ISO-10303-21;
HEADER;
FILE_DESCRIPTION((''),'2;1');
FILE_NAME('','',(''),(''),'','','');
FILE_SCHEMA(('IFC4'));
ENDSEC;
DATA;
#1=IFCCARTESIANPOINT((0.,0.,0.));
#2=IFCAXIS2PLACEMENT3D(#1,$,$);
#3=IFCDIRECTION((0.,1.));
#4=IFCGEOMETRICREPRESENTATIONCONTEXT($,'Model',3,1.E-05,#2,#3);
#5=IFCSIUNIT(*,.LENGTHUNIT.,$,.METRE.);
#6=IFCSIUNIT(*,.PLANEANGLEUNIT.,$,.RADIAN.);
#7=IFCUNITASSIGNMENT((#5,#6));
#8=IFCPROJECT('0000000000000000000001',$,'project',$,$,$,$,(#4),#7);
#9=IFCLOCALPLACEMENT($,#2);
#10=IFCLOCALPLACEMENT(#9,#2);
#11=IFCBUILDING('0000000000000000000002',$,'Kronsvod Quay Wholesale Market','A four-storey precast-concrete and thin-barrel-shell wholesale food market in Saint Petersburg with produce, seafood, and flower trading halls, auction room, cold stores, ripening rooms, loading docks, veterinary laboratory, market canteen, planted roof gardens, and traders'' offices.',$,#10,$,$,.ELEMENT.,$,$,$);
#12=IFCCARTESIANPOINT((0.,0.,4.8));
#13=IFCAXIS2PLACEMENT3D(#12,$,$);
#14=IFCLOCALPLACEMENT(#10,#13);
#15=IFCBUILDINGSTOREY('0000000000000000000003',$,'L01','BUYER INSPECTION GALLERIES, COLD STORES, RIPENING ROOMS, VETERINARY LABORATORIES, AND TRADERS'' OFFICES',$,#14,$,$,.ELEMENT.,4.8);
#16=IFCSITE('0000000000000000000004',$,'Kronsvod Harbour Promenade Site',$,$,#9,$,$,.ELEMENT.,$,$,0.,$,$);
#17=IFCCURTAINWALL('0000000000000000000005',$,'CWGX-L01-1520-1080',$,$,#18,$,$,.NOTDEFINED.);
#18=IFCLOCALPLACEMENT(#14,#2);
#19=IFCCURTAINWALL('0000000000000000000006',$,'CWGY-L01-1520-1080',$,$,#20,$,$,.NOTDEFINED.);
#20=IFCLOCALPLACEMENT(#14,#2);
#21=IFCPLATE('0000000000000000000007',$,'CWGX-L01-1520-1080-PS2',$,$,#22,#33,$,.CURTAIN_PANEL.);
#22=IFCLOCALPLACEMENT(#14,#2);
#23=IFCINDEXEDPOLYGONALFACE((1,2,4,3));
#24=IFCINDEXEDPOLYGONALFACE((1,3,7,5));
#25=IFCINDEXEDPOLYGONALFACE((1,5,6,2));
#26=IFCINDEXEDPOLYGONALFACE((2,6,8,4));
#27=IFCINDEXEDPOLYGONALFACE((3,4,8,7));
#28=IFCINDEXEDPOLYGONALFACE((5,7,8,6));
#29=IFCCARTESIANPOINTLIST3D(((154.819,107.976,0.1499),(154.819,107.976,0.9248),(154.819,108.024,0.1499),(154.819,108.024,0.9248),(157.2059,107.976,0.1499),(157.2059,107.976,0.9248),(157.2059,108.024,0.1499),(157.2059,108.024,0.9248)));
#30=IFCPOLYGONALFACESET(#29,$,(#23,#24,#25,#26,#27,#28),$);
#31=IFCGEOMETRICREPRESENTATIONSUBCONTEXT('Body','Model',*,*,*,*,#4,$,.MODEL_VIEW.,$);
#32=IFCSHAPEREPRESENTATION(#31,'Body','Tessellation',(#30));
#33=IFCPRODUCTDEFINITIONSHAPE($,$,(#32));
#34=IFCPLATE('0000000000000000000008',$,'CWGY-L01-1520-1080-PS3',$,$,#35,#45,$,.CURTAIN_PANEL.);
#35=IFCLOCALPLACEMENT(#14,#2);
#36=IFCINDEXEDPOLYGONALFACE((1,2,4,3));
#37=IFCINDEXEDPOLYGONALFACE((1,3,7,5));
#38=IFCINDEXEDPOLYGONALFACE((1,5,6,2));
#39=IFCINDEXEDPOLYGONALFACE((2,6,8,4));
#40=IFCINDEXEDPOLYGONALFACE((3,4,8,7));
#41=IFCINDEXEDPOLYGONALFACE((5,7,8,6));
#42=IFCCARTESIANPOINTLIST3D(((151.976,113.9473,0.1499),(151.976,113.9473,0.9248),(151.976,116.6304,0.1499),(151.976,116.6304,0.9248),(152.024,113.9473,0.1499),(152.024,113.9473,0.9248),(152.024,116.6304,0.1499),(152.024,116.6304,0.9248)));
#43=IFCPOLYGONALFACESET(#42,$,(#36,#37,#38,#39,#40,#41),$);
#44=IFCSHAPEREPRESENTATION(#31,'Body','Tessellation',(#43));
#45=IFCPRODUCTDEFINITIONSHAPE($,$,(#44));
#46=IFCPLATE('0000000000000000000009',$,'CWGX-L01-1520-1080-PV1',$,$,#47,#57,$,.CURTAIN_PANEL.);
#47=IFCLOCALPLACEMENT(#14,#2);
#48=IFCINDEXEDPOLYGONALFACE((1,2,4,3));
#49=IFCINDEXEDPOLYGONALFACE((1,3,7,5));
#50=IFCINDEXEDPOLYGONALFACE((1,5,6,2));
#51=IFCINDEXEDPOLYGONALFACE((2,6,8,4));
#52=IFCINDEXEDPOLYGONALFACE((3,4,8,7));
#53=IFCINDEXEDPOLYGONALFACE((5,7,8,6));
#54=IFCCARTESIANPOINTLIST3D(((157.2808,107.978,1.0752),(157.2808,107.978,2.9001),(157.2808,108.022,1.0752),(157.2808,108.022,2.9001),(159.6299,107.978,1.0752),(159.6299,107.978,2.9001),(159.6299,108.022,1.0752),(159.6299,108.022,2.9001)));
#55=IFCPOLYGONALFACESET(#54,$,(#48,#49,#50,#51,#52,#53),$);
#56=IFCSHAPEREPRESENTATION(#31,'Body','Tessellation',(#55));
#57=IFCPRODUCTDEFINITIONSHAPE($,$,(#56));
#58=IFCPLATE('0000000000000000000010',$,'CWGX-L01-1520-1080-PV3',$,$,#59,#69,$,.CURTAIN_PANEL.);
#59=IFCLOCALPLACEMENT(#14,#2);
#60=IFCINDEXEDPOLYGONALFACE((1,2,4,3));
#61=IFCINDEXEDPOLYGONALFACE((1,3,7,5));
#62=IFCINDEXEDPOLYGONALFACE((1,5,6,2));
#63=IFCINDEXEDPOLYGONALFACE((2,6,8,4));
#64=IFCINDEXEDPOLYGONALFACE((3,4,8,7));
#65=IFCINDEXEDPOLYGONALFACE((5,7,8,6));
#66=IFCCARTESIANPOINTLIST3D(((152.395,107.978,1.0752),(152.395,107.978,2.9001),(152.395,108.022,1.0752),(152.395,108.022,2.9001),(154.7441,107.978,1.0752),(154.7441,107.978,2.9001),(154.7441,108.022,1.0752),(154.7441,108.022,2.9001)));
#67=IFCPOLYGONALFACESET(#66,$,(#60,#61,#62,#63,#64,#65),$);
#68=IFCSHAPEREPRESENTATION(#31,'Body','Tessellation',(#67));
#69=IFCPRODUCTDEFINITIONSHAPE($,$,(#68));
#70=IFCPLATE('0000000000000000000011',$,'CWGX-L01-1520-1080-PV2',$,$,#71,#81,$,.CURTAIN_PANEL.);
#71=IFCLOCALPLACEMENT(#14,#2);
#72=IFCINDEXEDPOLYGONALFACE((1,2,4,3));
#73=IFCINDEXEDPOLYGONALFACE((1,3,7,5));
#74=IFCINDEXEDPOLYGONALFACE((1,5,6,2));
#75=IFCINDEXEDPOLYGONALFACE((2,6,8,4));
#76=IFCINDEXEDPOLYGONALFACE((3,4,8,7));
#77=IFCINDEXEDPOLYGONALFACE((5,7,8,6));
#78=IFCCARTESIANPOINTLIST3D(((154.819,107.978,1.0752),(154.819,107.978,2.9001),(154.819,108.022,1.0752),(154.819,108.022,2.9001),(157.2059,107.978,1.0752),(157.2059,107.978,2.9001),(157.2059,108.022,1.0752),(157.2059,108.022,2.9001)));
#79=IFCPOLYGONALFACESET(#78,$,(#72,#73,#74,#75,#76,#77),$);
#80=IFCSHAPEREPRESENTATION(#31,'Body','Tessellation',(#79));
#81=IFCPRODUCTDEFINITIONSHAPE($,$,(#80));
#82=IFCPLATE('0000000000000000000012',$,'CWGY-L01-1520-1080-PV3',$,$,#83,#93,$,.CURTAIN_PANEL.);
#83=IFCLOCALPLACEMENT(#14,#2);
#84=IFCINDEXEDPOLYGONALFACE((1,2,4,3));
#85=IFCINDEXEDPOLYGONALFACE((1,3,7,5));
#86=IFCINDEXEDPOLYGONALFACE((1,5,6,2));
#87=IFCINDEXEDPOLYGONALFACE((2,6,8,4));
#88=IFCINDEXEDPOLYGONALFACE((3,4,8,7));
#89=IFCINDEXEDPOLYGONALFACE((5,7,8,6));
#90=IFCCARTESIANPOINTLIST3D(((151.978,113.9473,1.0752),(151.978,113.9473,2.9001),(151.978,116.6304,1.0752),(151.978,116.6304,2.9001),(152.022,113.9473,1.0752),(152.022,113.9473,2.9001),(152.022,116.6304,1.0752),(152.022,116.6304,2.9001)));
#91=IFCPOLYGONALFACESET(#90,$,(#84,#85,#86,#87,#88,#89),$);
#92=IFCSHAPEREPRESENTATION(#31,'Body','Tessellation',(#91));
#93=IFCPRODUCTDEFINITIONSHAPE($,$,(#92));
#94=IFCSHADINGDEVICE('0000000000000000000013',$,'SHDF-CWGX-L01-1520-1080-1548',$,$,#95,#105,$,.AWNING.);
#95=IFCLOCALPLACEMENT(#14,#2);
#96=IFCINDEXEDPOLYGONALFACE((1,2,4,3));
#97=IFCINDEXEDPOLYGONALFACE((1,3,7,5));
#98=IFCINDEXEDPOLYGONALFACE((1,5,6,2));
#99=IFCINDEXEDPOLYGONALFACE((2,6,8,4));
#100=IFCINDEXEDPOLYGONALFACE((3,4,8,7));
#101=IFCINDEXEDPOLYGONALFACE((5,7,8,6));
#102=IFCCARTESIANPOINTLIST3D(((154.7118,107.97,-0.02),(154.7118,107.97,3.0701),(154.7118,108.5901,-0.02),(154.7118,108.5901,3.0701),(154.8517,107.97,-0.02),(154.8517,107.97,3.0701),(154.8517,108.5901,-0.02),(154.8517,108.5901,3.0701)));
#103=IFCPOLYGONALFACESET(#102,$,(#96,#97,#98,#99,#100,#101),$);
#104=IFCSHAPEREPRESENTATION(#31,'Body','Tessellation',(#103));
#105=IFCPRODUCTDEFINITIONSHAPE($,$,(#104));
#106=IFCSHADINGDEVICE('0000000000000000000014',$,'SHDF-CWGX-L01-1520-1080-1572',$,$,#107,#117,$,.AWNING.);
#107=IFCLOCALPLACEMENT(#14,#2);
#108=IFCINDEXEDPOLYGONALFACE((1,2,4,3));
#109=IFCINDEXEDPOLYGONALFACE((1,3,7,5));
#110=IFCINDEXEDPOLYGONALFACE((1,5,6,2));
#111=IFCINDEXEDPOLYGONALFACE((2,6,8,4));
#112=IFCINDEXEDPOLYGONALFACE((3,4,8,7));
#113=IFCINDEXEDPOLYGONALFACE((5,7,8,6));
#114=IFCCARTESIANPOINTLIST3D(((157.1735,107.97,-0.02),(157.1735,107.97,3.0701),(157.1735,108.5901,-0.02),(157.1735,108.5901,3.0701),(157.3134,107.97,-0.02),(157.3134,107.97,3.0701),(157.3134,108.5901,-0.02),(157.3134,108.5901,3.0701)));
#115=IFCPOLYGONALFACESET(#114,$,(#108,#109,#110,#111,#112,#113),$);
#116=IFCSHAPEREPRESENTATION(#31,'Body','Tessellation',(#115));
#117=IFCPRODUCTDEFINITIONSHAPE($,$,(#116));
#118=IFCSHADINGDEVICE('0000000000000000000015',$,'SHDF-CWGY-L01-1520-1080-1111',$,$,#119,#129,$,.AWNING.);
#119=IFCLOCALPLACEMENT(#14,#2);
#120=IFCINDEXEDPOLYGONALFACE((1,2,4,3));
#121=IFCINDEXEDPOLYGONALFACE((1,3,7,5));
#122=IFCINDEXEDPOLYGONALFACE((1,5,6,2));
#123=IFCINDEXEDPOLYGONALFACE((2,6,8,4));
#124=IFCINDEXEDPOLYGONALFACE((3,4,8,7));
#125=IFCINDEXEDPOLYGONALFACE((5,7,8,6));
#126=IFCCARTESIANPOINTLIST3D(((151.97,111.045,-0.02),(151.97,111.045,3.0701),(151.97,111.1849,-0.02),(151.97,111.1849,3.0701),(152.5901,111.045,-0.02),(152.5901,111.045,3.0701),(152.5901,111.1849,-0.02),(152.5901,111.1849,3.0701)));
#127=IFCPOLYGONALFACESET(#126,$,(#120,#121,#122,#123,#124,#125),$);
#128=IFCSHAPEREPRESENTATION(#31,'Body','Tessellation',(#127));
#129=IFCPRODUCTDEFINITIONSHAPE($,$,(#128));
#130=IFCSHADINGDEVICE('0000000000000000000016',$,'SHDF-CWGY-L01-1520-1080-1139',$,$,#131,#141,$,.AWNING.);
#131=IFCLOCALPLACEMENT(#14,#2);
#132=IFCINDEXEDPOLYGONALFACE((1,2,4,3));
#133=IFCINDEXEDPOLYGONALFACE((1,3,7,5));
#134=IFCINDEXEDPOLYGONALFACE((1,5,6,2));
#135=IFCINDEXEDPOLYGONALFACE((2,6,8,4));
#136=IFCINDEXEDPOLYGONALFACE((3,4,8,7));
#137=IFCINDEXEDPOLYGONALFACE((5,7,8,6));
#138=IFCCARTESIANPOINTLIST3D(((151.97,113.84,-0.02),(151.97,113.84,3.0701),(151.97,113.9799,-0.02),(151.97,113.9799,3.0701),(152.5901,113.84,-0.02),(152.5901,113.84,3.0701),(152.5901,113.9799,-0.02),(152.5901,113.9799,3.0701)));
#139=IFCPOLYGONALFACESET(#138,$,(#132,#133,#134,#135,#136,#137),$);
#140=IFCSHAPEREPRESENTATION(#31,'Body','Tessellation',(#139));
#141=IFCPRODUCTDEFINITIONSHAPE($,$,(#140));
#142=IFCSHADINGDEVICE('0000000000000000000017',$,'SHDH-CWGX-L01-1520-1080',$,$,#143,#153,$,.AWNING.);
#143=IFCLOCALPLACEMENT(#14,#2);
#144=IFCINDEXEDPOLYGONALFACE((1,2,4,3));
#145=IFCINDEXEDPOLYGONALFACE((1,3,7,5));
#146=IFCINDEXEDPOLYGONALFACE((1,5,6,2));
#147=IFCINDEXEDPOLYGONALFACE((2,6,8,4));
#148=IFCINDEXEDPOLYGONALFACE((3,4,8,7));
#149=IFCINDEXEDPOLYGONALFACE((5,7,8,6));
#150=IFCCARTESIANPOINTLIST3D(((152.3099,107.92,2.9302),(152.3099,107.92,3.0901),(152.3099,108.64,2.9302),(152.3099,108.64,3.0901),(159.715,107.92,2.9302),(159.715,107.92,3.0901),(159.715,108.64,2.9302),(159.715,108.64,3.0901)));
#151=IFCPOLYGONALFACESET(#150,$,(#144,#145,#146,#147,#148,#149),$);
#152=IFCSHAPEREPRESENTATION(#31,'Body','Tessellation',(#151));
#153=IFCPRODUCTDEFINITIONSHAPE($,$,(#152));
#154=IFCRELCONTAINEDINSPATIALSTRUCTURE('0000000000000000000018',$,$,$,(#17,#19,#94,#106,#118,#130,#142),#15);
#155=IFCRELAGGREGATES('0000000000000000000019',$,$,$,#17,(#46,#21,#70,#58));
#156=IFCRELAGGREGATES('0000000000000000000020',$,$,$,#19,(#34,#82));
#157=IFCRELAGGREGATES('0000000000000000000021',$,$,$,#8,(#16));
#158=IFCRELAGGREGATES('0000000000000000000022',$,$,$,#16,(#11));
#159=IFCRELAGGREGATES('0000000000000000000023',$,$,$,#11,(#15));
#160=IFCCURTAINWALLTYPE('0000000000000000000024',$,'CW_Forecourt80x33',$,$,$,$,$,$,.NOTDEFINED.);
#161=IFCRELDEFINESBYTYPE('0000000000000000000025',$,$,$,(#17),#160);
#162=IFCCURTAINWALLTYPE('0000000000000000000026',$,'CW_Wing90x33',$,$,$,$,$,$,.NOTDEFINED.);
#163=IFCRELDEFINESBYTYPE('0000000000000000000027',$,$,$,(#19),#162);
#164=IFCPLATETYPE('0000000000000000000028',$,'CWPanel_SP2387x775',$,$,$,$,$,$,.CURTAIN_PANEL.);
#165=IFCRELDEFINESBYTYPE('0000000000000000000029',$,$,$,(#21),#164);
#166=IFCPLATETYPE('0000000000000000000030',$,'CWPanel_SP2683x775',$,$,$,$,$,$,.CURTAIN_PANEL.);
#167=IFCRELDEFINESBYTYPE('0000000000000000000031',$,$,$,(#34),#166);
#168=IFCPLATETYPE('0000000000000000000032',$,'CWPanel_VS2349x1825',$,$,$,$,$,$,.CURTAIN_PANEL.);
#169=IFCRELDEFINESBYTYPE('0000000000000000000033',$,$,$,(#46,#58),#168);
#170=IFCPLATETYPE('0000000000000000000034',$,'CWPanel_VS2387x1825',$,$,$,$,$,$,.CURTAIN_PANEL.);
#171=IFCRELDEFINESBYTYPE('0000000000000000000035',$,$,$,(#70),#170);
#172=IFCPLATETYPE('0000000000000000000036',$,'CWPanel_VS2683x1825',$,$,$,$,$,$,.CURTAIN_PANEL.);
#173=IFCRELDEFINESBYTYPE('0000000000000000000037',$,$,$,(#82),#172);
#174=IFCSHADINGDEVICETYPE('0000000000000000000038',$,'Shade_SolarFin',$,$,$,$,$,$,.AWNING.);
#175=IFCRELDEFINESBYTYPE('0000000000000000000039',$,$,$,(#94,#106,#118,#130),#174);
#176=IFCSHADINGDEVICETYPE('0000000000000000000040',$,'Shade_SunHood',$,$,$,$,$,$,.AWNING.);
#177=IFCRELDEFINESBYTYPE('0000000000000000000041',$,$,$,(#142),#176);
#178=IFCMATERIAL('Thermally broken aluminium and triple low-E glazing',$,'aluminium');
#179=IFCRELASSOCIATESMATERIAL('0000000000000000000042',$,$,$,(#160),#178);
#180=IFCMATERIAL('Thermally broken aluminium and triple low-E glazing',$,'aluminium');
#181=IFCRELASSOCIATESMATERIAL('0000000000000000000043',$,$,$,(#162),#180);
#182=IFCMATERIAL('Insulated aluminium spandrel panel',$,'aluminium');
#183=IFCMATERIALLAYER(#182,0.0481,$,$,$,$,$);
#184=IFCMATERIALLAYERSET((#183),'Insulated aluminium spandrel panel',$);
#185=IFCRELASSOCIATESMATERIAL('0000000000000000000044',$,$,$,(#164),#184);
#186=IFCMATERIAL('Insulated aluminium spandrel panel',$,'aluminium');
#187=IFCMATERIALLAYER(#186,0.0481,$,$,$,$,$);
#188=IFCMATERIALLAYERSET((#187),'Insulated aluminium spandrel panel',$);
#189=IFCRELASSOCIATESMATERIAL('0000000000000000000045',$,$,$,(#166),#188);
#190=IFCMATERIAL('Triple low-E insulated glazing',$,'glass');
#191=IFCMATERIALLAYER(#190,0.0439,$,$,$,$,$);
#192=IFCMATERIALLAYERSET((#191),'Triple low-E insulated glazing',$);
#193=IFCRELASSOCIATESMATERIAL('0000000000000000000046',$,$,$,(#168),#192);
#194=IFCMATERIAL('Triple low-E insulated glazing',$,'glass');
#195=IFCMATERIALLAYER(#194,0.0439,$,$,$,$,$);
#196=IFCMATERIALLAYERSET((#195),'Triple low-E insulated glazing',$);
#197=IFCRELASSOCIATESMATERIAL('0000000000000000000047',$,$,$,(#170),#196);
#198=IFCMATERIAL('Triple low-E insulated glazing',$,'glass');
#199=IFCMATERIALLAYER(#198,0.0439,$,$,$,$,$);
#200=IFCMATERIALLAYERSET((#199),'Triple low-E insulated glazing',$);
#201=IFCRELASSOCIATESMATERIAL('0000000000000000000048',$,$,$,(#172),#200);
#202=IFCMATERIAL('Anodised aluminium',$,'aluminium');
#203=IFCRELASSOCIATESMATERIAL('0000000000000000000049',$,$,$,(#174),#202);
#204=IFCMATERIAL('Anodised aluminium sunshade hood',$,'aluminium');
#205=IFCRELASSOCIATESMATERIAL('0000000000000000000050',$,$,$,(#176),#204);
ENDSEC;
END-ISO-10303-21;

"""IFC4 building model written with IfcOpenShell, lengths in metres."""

from ifc_helpers import new_model, si_unit, direction, frame, origin, origin_2d, place, context, subcontext, project, spatial, rectangle, extrude, material, layer, layer_set, type_object, element, aggregate, save


model = new_model("IFC4")

# Units and contexts
model_context = context("Model", 3, precision=1e-05, world=origin(), true_north=direction((0.0, 1.0)))
body_context = subcontext(model_context, "Body", "Model", "MODEL_VIEW")
ifc_project = project(units=[si_unit("LENGTHUNIT", "METRE"), si_unit("PLANEANGLEUNIT", "RADIAN")], contexts=[model_context])

# Site, building, storey
site_placement = place(None, origin())
site = spatial("IfcSite", under=ifc_project, at=site_placement, Name="Kronsvod Harbour Promenade Site", CompositionType="ELEMENT", RefElevation=0.0)
building_placement = place(site_placement, origin())
building = spatial("IfcBuilding", under=site, at=building_placement, Name="Kronsvod Quay Wholesale Market", Description="A four-storey precast-concrete and thin-barrel-shell wholesale food market in Saint Petersburg with produce, seafood, and flower trading halls, auction room, cold stores, ripening rooms, loading docks, veterinary laboratory, market canteen, planted roof gardens, and traders' offices.", CompositionType="ELEMENT")
storey_placement = place(building_placement, frame((0.0, 0.0, 4.8)))
storey = spatial("IfcBuildingStorey", under=building, at=storey_placement, Name="L01", Description="BUYER INSPECTION GALLERIES, COLD STORES, RIPENING ROOMS, VETERINARY LABORATORIES, AND TRADERS' OFFICES", CompositionType="ELEMENT", Elevation=4.8)

# Curtain walls
ifc_material_1 = material(Name="Thermally broken aluminium and triple low-E glazing", Category="aluminium")
curtain_wall_type_1 = type_object("IfcCurtainWallType", Name="CW_Forecourt80x33", PredefinedType="NOTDEFINED", material=ifc_material_1)
curtain_wall_1_placement = place(storey_placement, origin())
curtain_wall_1 = element("IfcCurtainWall", 1, at=curtain_wall_1_placement, inside=storey, type_object=curtain_wall_type_1, Name="CWGX-L01-1520-1080", PredefinedType="NOTDEFINED")
ifc_material_2 = material(Name="Thermally broken aluminium and triple low-E glazing", Category="aluminium")
curtain_wall_type_2 = type_object("IfcCurtainWallType", Name="CW_Wing90x33", PredefinedType="NOTDEFINED", material=ifc_material_2)
curtain_wall_2_placement = place(storey_placement, origin())
curtain_wall_2 = element("IfcCurtainWall", 2, at=curtain_wall_2_placement, inside=storey, type_object=curtain_wall_type_2, Name="CWGY-L01-1520-1080", PredefinedType="NOTDEFINED")

# Plates
ifc_material_3 = material(Name="Insulated aluminium spandrel panel", Category="aluminium")
ifc_layer_1 = layer(ifc_material_3, 0.0481)
ifc_layer_set_1 = layer_set([ifc_layer_1], Name="Insulated aluminium spandrel panel")
plate_type_1 = type_object("IfcPlateType", Name="CWPanel_SP2387x775", PredefinedType="CURTAIN_PANEL", material=ifc_layer_set_1)
plate_1_placement = place(storey_placement, frame((156.0125, 108.0, 0.1499), z_axis=(0.0, 0.0, 1.0), x_axis=(-1.0, 0.0, 0.0)))
plate_1 = element("IfcPlate", 3, at=plate_1_placement, type_object=plate_type_1, Name="CWGX-L01-1520-1080-PS2", PredefinedType="CURTAIN_PANEL", context=body_context, shape_type="SweptSolid", body=[
    extrude(rectangle(XDim=2.387, YDim=0.0481, at=origin_2d()), origin(), (0.0, 0.0, 1.0), 0.7749),
])
ifc_material_4 = material(Name="Insulated aluminium spandrel panel", Category="aluminium")
ifc_layer_2 = layer(ifc_material_4, 0.0481)
ifc_layer_set_2 = layer_set([ifc_layer_2], Name="Insulated aluminium spandrel panel")
plate_type_2 = type_object("IfcPlateType", Name="CWPanel_SP2683x775", PredefinedType="CURTAIN_PANEL", material=ifc_layer_set_2)
plate_2_placement = place(storey_placement, frame((152.0, 115.2888, 0.1499), z_axis=(0.0, 0.0, 1.0), x_axis=(0.0, 1.0, 0.0)))
plate_2 = element("IfcPlate", 4, at=plate_2_placement, type_object=plate_type_2, Name="CWGY-L01-1520-1080-PS3", PredefinedType="CURTAIN_PANEL", context=body_context, shape_type="SweptSolid", body=[
    extrude(rectangle(XDim=2.6831, YDim=0.0481, at=origin_2d()), origin(), (0.0, 0.0, 1.0), 0.7749),
])
ifc_material_5 = material(Name="Triple low-E insulated glazing", Category="glass")
ifc_layer_3 = layer(ifc_material_5, 0.0439)
ifc_layer_set_3 = layer_set([ifc_layer_3], Name="Triple low-E insulated glazing")
plate_type_3 = type_object("IfcPlateType", Name="CWPanel_VS2349x1825", PredefinedType="CURTAIN_PANEL", material=ifc_layer_set_3)
plate_3_placement = place(storey_placement, frame((158.4553, 108.0, 1.0752), z_axis=(0.0, 0.0, 1.0), x_axis=(-1.0, 0.0, 0.0)))
plate_3 = element("IfcPlate", 5, at=plate_3_placement, type_object=plate_type_3, Name="CWGX-L01-1520-1080-PV1", PredefinedType="CURTAIN_PANEL", context=body_context, shape_type="SweptSolid", body=[
    extrude(rectangle(XDim=2.3491, YDim=0.0439, at=origin_2d()), origin(), (0.0, 0.0, 1.0), 1.825),
])
plate_4_placement = place(storey_placement, frame((153.5696, 108.0, 1.0752), z_axis=(0.0, 0.0, 1.0), x_axis=(-1.0, 0.0, 0.0)))
plate_4 = element("IfcPlate", 6, at=plate_4_placement, type_object=plate_type_3, Name="CWGX-L01-1520-1080-PV3", PredefinedType="CURTAIN_PANEL", context=body_context, shape_type="SweptSolid", body=[
    extrude(rectangle(XDim=2.3491, YDim=0.0439, at=origin_2d()), origin(), (0.0, 0.0, 1.0), 1.825),
])
ifc_material_6 = material(Name="Triple low-E insulated glazing", Category="glass")
ifc_layer_4 = layer(ifc_material_6, 0.0439)
ifc_layer_set_4 = layer_set([ifc_layer_4], Name="Triple low-E insulated glazing")
plate_type_4 = type_object("IfcPlateType", Name="CWPanel_VS2387x1825", PredefinedType="CURTAIN_PANEL", material=ifc_layer_set_4)
plate_5_placement = place(storey_placement, frame((156.0125, 108.0, 1.0752), z_axis=(0.0, 0.0, 1.0), x_axis=(-1.0, 0.0, 0.0)))
plate_5 = element("IfcPlate", 7, at=plate_5_placement, type_object=plate_type_4, Name="CWGX-L01-1520-1080-PV2", PredefinedType="CURTAIN_PANEL", context=body_context, shape_type="SweptSolid", body=[
    extrude(rectangle(XDim=2.387, YDim=0.0439, at=origin_2d()), origin(), (0.0, 0.0, 1.0), 1.825),
])
aggregate(curtain_wall_1, [plate_3, plate_1, plate_5, plate_4])
ifc_material_7 = material(Name="Triple low-E insulated glazing", Category="glass")
ifc_layer_5 = layer(ifc_material_7, 0.0439)
ifc_layer_set_5 = layer_set([ifc_layer_5], Name="Triple low-E insulated glazing")
plate_type_5 = type_object("IfcPlateType", Name="CWPanel_VS2683x1825", PredefinedType="CURTAIN_PANEL", material=ifc_layer_set_5)
plate_6_placement = place(storey_placement, frame((152.0, 115.2888, 1.0752), z_axis=(0.0, 0.0, 1.0), x_axis=(0.0, 1.0, 0.0)))
plate_6 = element("IfcPlate", 8, at=plate_6_placement, type_object=plate_type_5, Name="CWGY-L01-1520-1080-PV3", PredefinedType="CURTAIN_PANEL", context=body_context, shape_type="SweptSolid", body=[
    extrude(rectangle(XDim=2.6831, YDim=0.0439, at=origin_2d()), origin(), (0.0, 0.0, 1.0), 1.825),
])
aggregate(curtain_wall_2, [plate_2, plate_6])

# Shading devices
ifc_material_8 = material(Name="Anodised aluminium", Category="aluminium")
shading_device_type_1 = type_object("IfcShadingDeviceType", Name="Shade_SolarFin", PredefinedType="AWNING", material=ifc_material_8)
for number, where, z_axis, x_axis, name in (
    (9, (154.7817, 108.28, -0.02), (0.0, 0.0, 1.0), (1.0, 0.0, 0.0), "SHDF-CWGX-L01-1520-1080-1548"),
    (10, (157.2434, 108.28, -0.02), (0.0, 0.0, 1.0), (1.0, 0.0, 0.0), "SHDF-CWGX-L01-1520-1080-1572"),
):
    element("IfcShadingDevice", number, at=place(storey_placement, frame(where, z_axis=z_axis, x_axis=x_axis)), inside=storey, type_object=shading_device_type_1, Name=name, PredefinedType="AWNING", context=body_context, shape_type="SweptSolid", body=[
        extrude(rectangle(XDim=0.1399, YDim=0.6201, at=origin_2d()), origin(), (0.0, 0.0, 1.0), 3.0901),
    ])
for number, where, z_axis, x_axis, name in (
    (11, (152.28, 111.115, -0.02), (0.0, 0.0, 1.0), (1.0, 0.0, 0.0), "SHDF-CWGY-L01-1520-1080-1111"),
    (12, (152.28, 113.9099, -0.02), (0.0, 0.0, 1.0), (1.0, 0.0, 0.0), "SHDF-CWGY-L01-1520-1080-1139"),
):
    element("IfcShadingDevice", number, at=place(storey_placement, frame(where, z_axis=z_axis, x_axis=x_axis)), inside=storey, type_object=shading_device_type_1, Name=name, PredefinedType="AWNING", context=body_context, shape_type="SweptSolid", body=[
        extrude(rectangle(XDim=0.6201, YDim=0.1399, at=origin_2d()), origin(), (0.0, 0.0, 1.0), 3.0901),
    ])
ifc_material_9 = material(Name="Anodised aluminium sunshade hood", Category="aluminium")
shading_device_type_2 = type_object("IfcShadingDeviceType", Name="Shade_SunHood", PredefinedType="AWNING", material=ifc_material_9)
shading_device_placement = place(storey_placement, frame((156.0125, 108.28, 2.9302), z_axis=(0.0, 0.0, 1.0), x_axis=(1.0, 0.0, 0.0)))
element("IfcShadingDevice", 13, at=shading_device_placement, inside=storey, type_object=shading_device_type_2, Name="SHDH-CWGX-L01-1520-1080", PredefinedType="AWNING", context=body_context, shape_type="SweptSolid", body=[
    extrude(rectangle(XDim=7.405, YDim=0.72, at=origin_2d()), origin(), (0.0, 0.0, 1.0), 0.1599),
])

save(model, "model.ifc")
